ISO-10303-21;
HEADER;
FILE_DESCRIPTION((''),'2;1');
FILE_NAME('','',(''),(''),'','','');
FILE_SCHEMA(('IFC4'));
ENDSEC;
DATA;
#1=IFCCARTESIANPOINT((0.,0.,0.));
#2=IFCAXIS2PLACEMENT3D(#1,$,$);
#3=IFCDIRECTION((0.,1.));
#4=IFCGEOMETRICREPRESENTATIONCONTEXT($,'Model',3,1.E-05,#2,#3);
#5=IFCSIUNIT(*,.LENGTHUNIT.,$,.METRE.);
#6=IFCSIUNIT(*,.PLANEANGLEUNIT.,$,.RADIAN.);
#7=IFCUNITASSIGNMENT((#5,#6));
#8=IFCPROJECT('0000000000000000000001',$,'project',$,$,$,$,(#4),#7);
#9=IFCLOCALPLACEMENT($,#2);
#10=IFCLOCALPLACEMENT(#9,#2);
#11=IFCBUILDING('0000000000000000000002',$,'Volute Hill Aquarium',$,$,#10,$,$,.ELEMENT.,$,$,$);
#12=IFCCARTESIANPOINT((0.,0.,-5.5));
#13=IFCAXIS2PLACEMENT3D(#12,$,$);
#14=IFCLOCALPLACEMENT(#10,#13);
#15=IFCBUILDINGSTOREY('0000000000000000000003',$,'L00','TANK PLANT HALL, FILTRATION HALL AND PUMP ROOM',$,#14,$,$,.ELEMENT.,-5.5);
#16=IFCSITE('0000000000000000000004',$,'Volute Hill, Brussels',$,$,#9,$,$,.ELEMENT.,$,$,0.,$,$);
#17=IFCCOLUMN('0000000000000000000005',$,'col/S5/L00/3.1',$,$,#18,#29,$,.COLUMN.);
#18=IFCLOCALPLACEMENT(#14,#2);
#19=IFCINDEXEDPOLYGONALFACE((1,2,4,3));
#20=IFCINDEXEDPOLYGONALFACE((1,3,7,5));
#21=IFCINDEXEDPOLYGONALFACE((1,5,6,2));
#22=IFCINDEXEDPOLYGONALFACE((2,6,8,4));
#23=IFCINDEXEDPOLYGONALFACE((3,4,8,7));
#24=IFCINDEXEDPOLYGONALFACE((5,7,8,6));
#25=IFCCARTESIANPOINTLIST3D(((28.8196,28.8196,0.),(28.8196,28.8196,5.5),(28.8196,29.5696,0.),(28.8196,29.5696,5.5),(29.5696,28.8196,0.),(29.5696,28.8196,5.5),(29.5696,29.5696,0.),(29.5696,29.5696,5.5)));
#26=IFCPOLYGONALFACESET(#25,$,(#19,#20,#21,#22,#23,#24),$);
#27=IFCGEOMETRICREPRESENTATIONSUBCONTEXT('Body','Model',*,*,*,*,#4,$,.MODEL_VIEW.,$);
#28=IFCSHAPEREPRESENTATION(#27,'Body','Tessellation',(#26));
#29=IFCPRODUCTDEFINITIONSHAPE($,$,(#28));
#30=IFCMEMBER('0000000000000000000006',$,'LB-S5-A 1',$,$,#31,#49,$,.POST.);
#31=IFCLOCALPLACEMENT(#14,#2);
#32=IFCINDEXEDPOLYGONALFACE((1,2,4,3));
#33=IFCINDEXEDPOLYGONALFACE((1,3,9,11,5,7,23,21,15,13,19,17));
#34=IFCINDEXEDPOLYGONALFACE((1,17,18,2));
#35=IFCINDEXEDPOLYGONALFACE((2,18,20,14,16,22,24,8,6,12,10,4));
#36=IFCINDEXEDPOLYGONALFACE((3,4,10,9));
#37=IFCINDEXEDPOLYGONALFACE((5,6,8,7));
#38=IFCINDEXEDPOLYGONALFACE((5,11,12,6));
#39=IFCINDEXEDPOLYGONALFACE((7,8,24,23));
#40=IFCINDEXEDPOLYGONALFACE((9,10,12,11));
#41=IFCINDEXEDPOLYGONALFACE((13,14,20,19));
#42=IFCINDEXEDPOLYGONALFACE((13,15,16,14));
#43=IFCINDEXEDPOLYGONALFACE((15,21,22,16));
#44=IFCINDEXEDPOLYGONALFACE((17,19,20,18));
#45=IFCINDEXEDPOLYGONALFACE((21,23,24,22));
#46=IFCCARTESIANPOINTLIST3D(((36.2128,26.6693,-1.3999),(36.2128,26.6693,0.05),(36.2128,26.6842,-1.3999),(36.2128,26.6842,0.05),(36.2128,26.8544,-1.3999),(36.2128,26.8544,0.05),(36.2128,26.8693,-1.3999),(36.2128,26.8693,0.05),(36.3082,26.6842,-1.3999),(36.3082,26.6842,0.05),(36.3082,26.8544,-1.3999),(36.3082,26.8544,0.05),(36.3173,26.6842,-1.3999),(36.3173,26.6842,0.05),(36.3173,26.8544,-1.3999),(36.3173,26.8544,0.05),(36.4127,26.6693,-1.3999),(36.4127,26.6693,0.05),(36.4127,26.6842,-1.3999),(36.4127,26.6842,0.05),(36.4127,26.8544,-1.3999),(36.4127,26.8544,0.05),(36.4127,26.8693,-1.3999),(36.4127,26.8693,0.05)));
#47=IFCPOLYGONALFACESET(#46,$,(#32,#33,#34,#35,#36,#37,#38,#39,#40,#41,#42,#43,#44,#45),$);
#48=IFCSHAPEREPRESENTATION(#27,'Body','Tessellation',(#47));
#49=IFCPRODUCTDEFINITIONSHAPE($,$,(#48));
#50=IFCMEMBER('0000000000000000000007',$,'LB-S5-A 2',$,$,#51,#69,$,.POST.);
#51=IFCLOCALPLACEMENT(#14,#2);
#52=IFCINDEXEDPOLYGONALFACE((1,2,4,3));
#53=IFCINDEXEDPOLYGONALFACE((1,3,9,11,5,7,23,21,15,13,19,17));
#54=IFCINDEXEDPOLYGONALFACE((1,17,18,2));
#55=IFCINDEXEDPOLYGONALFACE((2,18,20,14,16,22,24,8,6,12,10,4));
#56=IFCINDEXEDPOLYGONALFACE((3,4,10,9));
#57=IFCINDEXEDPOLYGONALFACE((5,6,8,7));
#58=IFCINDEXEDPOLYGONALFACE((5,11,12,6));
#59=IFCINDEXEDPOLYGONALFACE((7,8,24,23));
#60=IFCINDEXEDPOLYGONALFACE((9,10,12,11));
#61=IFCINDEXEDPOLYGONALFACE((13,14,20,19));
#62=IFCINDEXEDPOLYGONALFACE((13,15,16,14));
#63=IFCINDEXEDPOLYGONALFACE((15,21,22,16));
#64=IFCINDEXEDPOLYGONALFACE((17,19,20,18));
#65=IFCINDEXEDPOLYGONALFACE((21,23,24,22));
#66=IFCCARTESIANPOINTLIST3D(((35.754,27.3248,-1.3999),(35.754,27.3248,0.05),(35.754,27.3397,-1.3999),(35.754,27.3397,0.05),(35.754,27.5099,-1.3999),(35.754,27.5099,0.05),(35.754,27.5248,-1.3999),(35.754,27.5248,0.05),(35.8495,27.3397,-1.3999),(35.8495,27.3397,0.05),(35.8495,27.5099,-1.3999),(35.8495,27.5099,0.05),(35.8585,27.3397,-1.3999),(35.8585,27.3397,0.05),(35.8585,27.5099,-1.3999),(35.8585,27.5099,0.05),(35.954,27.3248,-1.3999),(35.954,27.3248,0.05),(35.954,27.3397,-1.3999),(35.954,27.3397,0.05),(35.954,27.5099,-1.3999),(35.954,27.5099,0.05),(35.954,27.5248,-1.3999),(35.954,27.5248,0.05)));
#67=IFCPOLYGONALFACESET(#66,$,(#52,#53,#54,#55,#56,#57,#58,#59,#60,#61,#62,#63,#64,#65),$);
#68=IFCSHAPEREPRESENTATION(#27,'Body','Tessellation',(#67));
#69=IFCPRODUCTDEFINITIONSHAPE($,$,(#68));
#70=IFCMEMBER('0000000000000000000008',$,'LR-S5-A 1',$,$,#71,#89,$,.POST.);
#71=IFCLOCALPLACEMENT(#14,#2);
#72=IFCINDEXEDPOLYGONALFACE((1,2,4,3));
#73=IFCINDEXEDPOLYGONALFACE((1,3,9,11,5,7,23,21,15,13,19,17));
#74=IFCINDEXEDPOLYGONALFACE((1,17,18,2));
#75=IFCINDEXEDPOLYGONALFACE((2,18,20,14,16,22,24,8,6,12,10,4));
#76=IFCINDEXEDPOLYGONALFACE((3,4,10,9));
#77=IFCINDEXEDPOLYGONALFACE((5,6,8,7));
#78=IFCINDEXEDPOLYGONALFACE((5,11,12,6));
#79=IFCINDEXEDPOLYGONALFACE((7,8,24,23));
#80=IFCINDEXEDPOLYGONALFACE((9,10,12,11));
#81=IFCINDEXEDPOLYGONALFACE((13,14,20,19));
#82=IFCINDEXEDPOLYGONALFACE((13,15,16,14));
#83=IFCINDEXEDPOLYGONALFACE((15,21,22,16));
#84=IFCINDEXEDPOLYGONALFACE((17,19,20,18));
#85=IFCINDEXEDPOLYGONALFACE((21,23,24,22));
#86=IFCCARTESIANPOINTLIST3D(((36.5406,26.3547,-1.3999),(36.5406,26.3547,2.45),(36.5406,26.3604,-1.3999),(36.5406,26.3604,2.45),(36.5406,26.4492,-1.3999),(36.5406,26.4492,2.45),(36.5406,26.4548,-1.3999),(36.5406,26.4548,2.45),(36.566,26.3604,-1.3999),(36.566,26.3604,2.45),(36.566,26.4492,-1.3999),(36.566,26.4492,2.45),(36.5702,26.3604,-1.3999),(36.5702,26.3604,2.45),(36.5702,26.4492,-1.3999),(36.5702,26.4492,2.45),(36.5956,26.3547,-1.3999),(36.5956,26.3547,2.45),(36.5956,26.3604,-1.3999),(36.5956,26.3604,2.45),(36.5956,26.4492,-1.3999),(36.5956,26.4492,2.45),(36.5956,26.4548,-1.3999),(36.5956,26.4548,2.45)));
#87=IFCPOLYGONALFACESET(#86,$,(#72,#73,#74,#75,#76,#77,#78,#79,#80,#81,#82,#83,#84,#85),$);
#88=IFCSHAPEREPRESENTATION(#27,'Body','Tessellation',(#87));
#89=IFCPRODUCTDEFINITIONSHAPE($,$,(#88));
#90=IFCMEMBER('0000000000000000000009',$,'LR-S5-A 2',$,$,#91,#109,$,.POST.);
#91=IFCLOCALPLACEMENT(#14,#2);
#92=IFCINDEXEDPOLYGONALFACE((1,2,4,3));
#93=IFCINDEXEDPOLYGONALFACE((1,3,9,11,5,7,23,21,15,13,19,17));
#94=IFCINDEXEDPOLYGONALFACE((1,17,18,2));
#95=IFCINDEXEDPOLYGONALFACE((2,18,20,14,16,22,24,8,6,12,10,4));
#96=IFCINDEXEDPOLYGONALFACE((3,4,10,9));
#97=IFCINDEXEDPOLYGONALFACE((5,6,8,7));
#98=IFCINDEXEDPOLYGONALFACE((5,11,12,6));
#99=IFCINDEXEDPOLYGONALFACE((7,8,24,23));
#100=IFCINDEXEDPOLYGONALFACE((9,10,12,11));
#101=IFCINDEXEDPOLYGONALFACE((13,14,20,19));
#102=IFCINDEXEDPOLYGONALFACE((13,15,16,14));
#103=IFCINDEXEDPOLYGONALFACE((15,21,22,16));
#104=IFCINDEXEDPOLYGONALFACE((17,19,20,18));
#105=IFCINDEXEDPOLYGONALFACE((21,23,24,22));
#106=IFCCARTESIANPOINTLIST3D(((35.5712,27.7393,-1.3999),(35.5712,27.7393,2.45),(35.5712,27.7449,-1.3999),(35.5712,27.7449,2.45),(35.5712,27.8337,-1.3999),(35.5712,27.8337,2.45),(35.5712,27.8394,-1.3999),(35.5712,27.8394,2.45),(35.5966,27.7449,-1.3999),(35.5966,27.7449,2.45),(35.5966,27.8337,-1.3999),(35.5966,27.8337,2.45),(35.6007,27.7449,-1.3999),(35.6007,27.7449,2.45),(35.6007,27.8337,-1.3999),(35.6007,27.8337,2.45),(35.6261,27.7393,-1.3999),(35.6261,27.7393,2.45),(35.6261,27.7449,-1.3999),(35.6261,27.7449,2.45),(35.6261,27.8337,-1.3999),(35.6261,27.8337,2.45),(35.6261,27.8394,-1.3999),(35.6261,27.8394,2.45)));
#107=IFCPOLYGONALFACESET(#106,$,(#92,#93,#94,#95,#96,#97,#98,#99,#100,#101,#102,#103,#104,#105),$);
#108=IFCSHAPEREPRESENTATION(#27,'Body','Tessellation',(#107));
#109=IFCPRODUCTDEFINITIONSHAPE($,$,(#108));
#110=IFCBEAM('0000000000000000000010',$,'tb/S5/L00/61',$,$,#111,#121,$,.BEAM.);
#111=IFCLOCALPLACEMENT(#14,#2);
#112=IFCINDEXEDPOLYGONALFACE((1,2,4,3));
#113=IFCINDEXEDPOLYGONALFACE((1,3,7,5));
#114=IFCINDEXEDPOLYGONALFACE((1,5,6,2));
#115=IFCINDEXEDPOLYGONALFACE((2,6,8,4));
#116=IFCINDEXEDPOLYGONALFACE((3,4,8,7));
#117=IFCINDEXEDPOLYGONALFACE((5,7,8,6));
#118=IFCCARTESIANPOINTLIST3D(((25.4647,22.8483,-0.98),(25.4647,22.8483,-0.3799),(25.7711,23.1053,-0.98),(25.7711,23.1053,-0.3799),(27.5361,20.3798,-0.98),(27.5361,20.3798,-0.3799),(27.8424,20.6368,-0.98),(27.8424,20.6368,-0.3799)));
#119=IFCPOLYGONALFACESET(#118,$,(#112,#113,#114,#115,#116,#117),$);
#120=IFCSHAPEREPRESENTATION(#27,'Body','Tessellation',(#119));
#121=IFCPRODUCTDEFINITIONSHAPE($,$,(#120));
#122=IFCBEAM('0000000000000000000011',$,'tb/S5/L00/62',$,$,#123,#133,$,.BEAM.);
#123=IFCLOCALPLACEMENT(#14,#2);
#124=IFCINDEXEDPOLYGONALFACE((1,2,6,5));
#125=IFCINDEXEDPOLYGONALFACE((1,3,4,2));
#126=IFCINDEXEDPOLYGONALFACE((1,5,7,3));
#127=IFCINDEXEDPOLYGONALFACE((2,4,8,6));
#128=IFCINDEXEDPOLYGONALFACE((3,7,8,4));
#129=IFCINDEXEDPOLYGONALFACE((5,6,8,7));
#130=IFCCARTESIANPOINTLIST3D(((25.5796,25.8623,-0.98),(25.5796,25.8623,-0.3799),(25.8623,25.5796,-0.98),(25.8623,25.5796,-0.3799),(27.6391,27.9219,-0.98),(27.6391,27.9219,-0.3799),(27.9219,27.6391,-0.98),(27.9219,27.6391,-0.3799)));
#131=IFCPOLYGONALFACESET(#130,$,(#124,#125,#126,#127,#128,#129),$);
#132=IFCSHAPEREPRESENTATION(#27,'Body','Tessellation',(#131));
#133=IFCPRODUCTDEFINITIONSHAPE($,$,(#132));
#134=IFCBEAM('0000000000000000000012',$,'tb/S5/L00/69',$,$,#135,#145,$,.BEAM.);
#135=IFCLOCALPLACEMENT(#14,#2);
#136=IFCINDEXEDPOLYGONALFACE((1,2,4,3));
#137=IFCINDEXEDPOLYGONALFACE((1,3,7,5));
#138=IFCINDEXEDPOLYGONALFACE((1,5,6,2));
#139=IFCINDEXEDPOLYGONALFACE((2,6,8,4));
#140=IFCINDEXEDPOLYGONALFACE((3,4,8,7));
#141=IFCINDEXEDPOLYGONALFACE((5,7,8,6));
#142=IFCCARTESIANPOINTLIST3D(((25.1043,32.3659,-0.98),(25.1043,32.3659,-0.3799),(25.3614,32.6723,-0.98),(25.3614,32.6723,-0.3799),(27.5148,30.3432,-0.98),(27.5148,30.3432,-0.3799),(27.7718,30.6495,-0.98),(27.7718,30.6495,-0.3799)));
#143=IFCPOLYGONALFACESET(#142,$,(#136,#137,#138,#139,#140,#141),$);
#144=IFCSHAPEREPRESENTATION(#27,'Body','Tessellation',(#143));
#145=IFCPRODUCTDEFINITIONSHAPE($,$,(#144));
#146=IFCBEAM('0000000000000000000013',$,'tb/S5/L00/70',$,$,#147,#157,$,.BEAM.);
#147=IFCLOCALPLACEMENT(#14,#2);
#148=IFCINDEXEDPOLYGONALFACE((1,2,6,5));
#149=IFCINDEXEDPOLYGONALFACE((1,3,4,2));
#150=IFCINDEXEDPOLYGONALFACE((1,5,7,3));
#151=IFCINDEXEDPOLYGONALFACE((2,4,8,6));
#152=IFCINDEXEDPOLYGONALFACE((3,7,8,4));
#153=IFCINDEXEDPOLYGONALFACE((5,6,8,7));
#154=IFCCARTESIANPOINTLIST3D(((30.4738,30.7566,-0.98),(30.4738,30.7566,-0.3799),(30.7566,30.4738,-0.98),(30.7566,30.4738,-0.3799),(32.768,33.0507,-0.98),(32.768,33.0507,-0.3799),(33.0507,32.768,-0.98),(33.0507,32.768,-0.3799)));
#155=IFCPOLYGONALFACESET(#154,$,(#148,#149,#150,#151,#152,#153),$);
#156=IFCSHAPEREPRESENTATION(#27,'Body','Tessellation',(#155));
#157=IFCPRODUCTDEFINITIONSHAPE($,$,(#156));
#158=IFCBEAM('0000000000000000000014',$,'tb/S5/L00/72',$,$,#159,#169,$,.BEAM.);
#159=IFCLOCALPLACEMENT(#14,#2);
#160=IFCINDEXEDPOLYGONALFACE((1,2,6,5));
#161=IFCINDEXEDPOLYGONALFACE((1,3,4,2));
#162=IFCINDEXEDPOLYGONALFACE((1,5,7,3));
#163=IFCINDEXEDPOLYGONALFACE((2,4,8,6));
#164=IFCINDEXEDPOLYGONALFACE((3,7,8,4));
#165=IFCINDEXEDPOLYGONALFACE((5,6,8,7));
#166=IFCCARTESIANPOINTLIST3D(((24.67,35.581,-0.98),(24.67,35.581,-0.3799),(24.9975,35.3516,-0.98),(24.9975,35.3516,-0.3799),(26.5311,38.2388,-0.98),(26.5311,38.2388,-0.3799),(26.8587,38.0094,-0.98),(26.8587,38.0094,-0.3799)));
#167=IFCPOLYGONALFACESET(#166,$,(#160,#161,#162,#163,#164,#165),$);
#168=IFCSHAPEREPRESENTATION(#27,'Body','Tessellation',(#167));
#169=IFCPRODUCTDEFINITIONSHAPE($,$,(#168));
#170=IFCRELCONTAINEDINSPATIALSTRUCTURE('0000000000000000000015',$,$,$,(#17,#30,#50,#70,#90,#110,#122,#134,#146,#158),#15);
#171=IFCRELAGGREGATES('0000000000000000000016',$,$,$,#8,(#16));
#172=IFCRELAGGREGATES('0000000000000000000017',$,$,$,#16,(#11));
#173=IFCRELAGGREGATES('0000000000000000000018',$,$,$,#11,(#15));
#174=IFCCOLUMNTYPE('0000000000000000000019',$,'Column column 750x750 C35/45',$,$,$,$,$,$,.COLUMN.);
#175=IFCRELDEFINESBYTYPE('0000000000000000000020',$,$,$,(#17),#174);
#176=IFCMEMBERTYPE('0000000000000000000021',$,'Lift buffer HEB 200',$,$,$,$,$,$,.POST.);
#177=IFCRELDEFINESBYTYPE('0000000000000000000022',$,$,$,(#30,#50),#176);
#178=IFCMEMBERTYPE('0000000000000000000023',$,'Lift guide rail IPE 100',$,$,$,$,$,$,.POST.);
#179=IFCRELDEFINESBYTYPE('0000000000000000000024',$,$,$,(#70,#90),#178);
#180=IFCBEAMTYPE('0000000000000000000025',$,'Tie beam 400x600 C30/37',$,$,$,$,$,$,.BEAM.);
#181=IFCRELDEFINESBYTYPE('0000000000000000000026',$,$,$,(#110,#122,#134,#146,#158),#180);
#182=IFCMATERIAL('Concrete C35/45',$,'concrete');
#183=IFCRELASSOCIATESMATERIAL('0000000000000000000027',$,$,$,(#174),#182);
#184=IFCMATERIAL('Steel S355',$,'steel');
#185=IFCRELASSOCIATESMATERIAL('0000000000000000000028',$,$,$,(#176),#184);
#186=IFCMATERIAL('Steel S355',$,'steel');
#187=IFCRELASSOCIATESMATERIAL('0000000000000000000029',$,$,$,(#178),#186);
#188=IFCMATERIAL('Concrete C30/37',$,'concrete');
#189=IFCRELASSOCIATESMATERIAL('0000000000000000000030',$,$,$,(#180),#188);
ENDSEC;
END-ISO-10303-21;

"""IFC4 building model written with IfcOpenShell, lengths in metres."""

from ifc_helpers import new_model, si_unit, direction, frame, origin, origin_2d, place, context, subcontext, project, spatial, rectangle, i_section, extrude, material, material_profile, profile_set, type_object, element, save


model = new_model("IFC4")

# Units and contexts
model_context = context("Model", 3, precision=1e-05, world=origin(), true_north=direction((0.0, 1.0)))
body_context = subcontext(model_context, "Body", "Model", "MODEL_VIEW")
ifc_project = project(units=[si_unit("LENGTHUNIT", "METRE"), si_unit("PLANEANGLEUNIT", "RADIAN")], contexts=[model_context])

# Site, building, storey
site_placement = place(None, origin())
site = spatial("IfcSite", under=ifc_project, at=site_placement, Name="Volute Hill, Brussels", CompositionType="ELEMENT", RefElevation=0.0)
building_placement = place(site_placement, origin())
building = spatial("IfcBuilding", under=site, at=building_placement, Name="Volute Hill Aquarium", CompositionType="ELEMENT")
storey_placement = place(building_placement, frame((0.0, 0.0, -5.5)))
storey = spatial("IfcBuildingStorey", under=building, at=storey_placement, Name="L00", Description="TANK PLANT HALL, FILTRATION HALL AND PUMP ROOM", CompositionType="ELEMENT", Elevation=-5.5)

# Column
ifc_material_1 = material(Name="Concrete C35/45", Category="concrete")
ifc_material_profile_1 = material_profile(ifc_material_1, rectangle(XDim=0.75, YDim=0.75, at=origin_2d()), Name="RC column 750x750")
ifc_profile_set_1 = profile_set([ifc_material_profile_1], Name="Concrete C35/45")
column_type = type_object("IfcColumnType", Name="Column column 750x750 C35/45", PredefinedType="COLUMN", material=ifc_profile_set_1)
column_placement = place(storey_placement, frame((29.1946, 29.1946, 0.0), z_axis=(0.0, 0.0, 1.0), x_axis=(1.0, 0.0, 0.0)))
element("IfcColumn", 1, at=column_placement, inside=storey, type_object=column_type, Name="col/S5/L00/3.1", PredefinedType="COLUMN", context=body_context, shape_type="SweptSolid", body=[
    extrude(rectangle(XDim=0.75, YDim=0.75, at=origin_2d()), origin(), (0.0, 0.0, 1.0), 5.5),
])

# Members
ifc_material_2 = material(Name="Steel S355", Category="steel")
ifc_material_profile_2 = material_profile(ifc_material_2, i_section(OverallWidth=0.2, OverallDepth=0.2, WebThickness=0.009, FlangeThickness=0.0149, at=origin_2d()), Name="HEB 200")
ifc_profile_set_2 = profile_set([ifc_material_profile_2], Name="Steel S355")
member_type_1 = type_object("IfcMemberType", Name="Lift buffer HEB 200", PredefinedType="POST", material=ifc_profile_set_2)
for number, where, z_axis, x_axis, name in (
    (2, (36.3127, 26.7693, -1.3999), (0.0, 0.0, 1.0), (1.0, 0.0, 0.0), "LB-S5-A 1"),
    (3, (35.854, 27.4248, -1.3999), (0.0, 0.0, 1.0), (1.0, 0.0, 0.0), "LB-S5-A 2"),
):
    element("IfcMember", number, at=place(storey_placement, frame(where, z_axis=z_axis, x_axis=x_axis)), inside=storey, type_object=member_type_1, Name=name, PredefinedType="POST", context=body_context, shape_type="SweptSolid", body=[
        extrude(i_section(OverallWidth=0.2, OverallDepth=0.2, WebThickness=0.009, FlangeThickness=0.0149, at=origin_2d()), origin(), (0.0, 0.0, 1.0), 1.45),
    ])
ifc_material_3 = material(Name="Steel S355", Category="steel")
ifc_material_profile_3 = material_profile(ifc_material_3, i_section(OverallWidth=0.0549, OverallDepth=0.1001, WebThickness=0.0042, FlangeThickness=0.0056, at=origin_2d()), Name="IPE 100")
ifc_profile_set_3 = profile_set([ifc_material_profile_3], Name="Steel S355")
member_type_2 = type_object("IfcMemberType", Name="Lift guide rail IPE 100", PredefinedType="POST", material=ifc_profile_set_3)
for number, where, z_axis, x_axis, name in (
    (4, (36.5681, 26.4048, -1.3999), (0.0, 0.0, 1.0), (1.0, 0.0, 0.0), "LR-S5-A 1"),
    (5, (35.5986, 27.7893, -1.3999), (0.0, 0.0, 1.0), (1.0, 0.0, 0.0), "LR-S5-A 2"),
):
    element("IfcMember", number, at=place(storey_placement, frame(where, z_axis=z_axis, x_axis=x_axis)), inside=storey, type_object=member_type_2, Name=name, PredefinedType="POST", context=body_context, shape_type="SweptSolid", body=[
        extrude(i_section(OverallWidth=0.0549, OverallDepth=0.1001, WebThickness=0.0042, FlangeThickness=0.0056, at=origin_2d()), origin(), (0.0, 0.0, 1.0), 3.8499),
    ])

# Beams
ifc_material_4 = material(Name="Concrete C30/37", Category="concrete")
ifc_material_profile_4 = material_profile(ifc_material_4, rectangle(XDim=0.3999, YDim=0.6001, at=origin_2d()), Name="RC tie beam 400x600")
ifc_profile_set_4 = profile_set([ifc_material_profile_4], Name="Concrete C30/37")
beam_type = type_object("IfcBeamType", Name="Tie beam 400x600 C30/37", PredefinedType="BEAM", material=ifc_profile_set_4)
beam_1_placement = place(storey_placement, frame((25.6179, 22.9768, -0.6799), z_axis=(0.642782, -0.76605, 0.0), x_axis=(0.76605, 0.642782, 0.0)))
element("IfcBeam", 6, at=beam_1_placement, inside=storey, type_object=beam_type, Name="tb/S5/L00/61", PredefinedType="BEAM", context=body_context, shape_type="SweptSolid", body=[
    extrude(rectangle(XDim=0.3999, YDim=0.6001, at=origin_2d()), origin(), (0.0, 0.0, 1.0), 3.2224),
])
beam_2_placement = place(storey_placement, frame((25.7209, 25.7209, -0.6799), z_axis=(0.707107, 0.707107, 0.0), x_axis=(-0.707107, 0.707107, 0.0)))
element("IfcBeam", 7, at=beam_2_placement, inside=storey, type_object=beam_type, Name="tb/S5/L00/62", PredefinedType="BEAM", context=body_context, shape_type="SweptSolid", body=[
    extrude(rectangle(XDim=0.3999, YDim=0.6001, at=origin_2d()), origin(), (0.0, 0.0, 1.0), 2.9126),
])
beam_3_placement = place(storey_placement, frame((27.6433, 30.4963, -0.6799), z_axis=(-0.766023, 0.642814, 0.0), x_axis=(-0.642814, -0.766023, 0.0)))
element("IfcBeam", 8, at=beam_3_placement, inside=storey, type_object=beam_type, Name="tb/S5/L00/69", PredefinedType="BEAM", context=body_context, shape_type="SweptSolid", body=[
    extrude(rectangle(XDim=0.3999, YDim=0.6001, at=origin_2d()), origin(), (0.0, 0.0, 1.0), 3.1467),
])
beam_4_placement = place(storey_placement, frame((30.6152, 30.6152, -0.6799), z_axis=(0.707107, 0.707107, 0.0), x_axis=(-0.707107, 0.707107, 0.0)))
element("IfcBeam", 9, at=beam_4_placement, inside=storey, type_object=beam_type, Name="tb/S5/L00/70", PredefinedType="BEAM", context=body_context, shape_type="SweptSolid", body=[
    extrude(rectangle(XDim=0.3999, YDim=0.6001, at=origin_2d()), origin(), (0.0, 0.0, 1.0), 3.2444),
])
beam_5_placement = place(storey_placement, frame((24.8337, 35.4663, -0.6799), z_axis=(0.573604, 0.819133, 0.0), x_axis=(-0.819133, 0.573604, 0.0)))
element("IfcBeam", 10, at=beam_5_placement, inside=storey, type_object=beam_type, Name="tb/S5/L00/72", PredefinedType="BEAM", context=body_context, shape_type="SweptSolid", body=[
    extrude(rectangle(XDim=0.3999, YDim=0.6001, at=origin_2d()), origin(), (0.0, 0.0, 1.0), 3.2446),
])

save(model, "model.ifc")
